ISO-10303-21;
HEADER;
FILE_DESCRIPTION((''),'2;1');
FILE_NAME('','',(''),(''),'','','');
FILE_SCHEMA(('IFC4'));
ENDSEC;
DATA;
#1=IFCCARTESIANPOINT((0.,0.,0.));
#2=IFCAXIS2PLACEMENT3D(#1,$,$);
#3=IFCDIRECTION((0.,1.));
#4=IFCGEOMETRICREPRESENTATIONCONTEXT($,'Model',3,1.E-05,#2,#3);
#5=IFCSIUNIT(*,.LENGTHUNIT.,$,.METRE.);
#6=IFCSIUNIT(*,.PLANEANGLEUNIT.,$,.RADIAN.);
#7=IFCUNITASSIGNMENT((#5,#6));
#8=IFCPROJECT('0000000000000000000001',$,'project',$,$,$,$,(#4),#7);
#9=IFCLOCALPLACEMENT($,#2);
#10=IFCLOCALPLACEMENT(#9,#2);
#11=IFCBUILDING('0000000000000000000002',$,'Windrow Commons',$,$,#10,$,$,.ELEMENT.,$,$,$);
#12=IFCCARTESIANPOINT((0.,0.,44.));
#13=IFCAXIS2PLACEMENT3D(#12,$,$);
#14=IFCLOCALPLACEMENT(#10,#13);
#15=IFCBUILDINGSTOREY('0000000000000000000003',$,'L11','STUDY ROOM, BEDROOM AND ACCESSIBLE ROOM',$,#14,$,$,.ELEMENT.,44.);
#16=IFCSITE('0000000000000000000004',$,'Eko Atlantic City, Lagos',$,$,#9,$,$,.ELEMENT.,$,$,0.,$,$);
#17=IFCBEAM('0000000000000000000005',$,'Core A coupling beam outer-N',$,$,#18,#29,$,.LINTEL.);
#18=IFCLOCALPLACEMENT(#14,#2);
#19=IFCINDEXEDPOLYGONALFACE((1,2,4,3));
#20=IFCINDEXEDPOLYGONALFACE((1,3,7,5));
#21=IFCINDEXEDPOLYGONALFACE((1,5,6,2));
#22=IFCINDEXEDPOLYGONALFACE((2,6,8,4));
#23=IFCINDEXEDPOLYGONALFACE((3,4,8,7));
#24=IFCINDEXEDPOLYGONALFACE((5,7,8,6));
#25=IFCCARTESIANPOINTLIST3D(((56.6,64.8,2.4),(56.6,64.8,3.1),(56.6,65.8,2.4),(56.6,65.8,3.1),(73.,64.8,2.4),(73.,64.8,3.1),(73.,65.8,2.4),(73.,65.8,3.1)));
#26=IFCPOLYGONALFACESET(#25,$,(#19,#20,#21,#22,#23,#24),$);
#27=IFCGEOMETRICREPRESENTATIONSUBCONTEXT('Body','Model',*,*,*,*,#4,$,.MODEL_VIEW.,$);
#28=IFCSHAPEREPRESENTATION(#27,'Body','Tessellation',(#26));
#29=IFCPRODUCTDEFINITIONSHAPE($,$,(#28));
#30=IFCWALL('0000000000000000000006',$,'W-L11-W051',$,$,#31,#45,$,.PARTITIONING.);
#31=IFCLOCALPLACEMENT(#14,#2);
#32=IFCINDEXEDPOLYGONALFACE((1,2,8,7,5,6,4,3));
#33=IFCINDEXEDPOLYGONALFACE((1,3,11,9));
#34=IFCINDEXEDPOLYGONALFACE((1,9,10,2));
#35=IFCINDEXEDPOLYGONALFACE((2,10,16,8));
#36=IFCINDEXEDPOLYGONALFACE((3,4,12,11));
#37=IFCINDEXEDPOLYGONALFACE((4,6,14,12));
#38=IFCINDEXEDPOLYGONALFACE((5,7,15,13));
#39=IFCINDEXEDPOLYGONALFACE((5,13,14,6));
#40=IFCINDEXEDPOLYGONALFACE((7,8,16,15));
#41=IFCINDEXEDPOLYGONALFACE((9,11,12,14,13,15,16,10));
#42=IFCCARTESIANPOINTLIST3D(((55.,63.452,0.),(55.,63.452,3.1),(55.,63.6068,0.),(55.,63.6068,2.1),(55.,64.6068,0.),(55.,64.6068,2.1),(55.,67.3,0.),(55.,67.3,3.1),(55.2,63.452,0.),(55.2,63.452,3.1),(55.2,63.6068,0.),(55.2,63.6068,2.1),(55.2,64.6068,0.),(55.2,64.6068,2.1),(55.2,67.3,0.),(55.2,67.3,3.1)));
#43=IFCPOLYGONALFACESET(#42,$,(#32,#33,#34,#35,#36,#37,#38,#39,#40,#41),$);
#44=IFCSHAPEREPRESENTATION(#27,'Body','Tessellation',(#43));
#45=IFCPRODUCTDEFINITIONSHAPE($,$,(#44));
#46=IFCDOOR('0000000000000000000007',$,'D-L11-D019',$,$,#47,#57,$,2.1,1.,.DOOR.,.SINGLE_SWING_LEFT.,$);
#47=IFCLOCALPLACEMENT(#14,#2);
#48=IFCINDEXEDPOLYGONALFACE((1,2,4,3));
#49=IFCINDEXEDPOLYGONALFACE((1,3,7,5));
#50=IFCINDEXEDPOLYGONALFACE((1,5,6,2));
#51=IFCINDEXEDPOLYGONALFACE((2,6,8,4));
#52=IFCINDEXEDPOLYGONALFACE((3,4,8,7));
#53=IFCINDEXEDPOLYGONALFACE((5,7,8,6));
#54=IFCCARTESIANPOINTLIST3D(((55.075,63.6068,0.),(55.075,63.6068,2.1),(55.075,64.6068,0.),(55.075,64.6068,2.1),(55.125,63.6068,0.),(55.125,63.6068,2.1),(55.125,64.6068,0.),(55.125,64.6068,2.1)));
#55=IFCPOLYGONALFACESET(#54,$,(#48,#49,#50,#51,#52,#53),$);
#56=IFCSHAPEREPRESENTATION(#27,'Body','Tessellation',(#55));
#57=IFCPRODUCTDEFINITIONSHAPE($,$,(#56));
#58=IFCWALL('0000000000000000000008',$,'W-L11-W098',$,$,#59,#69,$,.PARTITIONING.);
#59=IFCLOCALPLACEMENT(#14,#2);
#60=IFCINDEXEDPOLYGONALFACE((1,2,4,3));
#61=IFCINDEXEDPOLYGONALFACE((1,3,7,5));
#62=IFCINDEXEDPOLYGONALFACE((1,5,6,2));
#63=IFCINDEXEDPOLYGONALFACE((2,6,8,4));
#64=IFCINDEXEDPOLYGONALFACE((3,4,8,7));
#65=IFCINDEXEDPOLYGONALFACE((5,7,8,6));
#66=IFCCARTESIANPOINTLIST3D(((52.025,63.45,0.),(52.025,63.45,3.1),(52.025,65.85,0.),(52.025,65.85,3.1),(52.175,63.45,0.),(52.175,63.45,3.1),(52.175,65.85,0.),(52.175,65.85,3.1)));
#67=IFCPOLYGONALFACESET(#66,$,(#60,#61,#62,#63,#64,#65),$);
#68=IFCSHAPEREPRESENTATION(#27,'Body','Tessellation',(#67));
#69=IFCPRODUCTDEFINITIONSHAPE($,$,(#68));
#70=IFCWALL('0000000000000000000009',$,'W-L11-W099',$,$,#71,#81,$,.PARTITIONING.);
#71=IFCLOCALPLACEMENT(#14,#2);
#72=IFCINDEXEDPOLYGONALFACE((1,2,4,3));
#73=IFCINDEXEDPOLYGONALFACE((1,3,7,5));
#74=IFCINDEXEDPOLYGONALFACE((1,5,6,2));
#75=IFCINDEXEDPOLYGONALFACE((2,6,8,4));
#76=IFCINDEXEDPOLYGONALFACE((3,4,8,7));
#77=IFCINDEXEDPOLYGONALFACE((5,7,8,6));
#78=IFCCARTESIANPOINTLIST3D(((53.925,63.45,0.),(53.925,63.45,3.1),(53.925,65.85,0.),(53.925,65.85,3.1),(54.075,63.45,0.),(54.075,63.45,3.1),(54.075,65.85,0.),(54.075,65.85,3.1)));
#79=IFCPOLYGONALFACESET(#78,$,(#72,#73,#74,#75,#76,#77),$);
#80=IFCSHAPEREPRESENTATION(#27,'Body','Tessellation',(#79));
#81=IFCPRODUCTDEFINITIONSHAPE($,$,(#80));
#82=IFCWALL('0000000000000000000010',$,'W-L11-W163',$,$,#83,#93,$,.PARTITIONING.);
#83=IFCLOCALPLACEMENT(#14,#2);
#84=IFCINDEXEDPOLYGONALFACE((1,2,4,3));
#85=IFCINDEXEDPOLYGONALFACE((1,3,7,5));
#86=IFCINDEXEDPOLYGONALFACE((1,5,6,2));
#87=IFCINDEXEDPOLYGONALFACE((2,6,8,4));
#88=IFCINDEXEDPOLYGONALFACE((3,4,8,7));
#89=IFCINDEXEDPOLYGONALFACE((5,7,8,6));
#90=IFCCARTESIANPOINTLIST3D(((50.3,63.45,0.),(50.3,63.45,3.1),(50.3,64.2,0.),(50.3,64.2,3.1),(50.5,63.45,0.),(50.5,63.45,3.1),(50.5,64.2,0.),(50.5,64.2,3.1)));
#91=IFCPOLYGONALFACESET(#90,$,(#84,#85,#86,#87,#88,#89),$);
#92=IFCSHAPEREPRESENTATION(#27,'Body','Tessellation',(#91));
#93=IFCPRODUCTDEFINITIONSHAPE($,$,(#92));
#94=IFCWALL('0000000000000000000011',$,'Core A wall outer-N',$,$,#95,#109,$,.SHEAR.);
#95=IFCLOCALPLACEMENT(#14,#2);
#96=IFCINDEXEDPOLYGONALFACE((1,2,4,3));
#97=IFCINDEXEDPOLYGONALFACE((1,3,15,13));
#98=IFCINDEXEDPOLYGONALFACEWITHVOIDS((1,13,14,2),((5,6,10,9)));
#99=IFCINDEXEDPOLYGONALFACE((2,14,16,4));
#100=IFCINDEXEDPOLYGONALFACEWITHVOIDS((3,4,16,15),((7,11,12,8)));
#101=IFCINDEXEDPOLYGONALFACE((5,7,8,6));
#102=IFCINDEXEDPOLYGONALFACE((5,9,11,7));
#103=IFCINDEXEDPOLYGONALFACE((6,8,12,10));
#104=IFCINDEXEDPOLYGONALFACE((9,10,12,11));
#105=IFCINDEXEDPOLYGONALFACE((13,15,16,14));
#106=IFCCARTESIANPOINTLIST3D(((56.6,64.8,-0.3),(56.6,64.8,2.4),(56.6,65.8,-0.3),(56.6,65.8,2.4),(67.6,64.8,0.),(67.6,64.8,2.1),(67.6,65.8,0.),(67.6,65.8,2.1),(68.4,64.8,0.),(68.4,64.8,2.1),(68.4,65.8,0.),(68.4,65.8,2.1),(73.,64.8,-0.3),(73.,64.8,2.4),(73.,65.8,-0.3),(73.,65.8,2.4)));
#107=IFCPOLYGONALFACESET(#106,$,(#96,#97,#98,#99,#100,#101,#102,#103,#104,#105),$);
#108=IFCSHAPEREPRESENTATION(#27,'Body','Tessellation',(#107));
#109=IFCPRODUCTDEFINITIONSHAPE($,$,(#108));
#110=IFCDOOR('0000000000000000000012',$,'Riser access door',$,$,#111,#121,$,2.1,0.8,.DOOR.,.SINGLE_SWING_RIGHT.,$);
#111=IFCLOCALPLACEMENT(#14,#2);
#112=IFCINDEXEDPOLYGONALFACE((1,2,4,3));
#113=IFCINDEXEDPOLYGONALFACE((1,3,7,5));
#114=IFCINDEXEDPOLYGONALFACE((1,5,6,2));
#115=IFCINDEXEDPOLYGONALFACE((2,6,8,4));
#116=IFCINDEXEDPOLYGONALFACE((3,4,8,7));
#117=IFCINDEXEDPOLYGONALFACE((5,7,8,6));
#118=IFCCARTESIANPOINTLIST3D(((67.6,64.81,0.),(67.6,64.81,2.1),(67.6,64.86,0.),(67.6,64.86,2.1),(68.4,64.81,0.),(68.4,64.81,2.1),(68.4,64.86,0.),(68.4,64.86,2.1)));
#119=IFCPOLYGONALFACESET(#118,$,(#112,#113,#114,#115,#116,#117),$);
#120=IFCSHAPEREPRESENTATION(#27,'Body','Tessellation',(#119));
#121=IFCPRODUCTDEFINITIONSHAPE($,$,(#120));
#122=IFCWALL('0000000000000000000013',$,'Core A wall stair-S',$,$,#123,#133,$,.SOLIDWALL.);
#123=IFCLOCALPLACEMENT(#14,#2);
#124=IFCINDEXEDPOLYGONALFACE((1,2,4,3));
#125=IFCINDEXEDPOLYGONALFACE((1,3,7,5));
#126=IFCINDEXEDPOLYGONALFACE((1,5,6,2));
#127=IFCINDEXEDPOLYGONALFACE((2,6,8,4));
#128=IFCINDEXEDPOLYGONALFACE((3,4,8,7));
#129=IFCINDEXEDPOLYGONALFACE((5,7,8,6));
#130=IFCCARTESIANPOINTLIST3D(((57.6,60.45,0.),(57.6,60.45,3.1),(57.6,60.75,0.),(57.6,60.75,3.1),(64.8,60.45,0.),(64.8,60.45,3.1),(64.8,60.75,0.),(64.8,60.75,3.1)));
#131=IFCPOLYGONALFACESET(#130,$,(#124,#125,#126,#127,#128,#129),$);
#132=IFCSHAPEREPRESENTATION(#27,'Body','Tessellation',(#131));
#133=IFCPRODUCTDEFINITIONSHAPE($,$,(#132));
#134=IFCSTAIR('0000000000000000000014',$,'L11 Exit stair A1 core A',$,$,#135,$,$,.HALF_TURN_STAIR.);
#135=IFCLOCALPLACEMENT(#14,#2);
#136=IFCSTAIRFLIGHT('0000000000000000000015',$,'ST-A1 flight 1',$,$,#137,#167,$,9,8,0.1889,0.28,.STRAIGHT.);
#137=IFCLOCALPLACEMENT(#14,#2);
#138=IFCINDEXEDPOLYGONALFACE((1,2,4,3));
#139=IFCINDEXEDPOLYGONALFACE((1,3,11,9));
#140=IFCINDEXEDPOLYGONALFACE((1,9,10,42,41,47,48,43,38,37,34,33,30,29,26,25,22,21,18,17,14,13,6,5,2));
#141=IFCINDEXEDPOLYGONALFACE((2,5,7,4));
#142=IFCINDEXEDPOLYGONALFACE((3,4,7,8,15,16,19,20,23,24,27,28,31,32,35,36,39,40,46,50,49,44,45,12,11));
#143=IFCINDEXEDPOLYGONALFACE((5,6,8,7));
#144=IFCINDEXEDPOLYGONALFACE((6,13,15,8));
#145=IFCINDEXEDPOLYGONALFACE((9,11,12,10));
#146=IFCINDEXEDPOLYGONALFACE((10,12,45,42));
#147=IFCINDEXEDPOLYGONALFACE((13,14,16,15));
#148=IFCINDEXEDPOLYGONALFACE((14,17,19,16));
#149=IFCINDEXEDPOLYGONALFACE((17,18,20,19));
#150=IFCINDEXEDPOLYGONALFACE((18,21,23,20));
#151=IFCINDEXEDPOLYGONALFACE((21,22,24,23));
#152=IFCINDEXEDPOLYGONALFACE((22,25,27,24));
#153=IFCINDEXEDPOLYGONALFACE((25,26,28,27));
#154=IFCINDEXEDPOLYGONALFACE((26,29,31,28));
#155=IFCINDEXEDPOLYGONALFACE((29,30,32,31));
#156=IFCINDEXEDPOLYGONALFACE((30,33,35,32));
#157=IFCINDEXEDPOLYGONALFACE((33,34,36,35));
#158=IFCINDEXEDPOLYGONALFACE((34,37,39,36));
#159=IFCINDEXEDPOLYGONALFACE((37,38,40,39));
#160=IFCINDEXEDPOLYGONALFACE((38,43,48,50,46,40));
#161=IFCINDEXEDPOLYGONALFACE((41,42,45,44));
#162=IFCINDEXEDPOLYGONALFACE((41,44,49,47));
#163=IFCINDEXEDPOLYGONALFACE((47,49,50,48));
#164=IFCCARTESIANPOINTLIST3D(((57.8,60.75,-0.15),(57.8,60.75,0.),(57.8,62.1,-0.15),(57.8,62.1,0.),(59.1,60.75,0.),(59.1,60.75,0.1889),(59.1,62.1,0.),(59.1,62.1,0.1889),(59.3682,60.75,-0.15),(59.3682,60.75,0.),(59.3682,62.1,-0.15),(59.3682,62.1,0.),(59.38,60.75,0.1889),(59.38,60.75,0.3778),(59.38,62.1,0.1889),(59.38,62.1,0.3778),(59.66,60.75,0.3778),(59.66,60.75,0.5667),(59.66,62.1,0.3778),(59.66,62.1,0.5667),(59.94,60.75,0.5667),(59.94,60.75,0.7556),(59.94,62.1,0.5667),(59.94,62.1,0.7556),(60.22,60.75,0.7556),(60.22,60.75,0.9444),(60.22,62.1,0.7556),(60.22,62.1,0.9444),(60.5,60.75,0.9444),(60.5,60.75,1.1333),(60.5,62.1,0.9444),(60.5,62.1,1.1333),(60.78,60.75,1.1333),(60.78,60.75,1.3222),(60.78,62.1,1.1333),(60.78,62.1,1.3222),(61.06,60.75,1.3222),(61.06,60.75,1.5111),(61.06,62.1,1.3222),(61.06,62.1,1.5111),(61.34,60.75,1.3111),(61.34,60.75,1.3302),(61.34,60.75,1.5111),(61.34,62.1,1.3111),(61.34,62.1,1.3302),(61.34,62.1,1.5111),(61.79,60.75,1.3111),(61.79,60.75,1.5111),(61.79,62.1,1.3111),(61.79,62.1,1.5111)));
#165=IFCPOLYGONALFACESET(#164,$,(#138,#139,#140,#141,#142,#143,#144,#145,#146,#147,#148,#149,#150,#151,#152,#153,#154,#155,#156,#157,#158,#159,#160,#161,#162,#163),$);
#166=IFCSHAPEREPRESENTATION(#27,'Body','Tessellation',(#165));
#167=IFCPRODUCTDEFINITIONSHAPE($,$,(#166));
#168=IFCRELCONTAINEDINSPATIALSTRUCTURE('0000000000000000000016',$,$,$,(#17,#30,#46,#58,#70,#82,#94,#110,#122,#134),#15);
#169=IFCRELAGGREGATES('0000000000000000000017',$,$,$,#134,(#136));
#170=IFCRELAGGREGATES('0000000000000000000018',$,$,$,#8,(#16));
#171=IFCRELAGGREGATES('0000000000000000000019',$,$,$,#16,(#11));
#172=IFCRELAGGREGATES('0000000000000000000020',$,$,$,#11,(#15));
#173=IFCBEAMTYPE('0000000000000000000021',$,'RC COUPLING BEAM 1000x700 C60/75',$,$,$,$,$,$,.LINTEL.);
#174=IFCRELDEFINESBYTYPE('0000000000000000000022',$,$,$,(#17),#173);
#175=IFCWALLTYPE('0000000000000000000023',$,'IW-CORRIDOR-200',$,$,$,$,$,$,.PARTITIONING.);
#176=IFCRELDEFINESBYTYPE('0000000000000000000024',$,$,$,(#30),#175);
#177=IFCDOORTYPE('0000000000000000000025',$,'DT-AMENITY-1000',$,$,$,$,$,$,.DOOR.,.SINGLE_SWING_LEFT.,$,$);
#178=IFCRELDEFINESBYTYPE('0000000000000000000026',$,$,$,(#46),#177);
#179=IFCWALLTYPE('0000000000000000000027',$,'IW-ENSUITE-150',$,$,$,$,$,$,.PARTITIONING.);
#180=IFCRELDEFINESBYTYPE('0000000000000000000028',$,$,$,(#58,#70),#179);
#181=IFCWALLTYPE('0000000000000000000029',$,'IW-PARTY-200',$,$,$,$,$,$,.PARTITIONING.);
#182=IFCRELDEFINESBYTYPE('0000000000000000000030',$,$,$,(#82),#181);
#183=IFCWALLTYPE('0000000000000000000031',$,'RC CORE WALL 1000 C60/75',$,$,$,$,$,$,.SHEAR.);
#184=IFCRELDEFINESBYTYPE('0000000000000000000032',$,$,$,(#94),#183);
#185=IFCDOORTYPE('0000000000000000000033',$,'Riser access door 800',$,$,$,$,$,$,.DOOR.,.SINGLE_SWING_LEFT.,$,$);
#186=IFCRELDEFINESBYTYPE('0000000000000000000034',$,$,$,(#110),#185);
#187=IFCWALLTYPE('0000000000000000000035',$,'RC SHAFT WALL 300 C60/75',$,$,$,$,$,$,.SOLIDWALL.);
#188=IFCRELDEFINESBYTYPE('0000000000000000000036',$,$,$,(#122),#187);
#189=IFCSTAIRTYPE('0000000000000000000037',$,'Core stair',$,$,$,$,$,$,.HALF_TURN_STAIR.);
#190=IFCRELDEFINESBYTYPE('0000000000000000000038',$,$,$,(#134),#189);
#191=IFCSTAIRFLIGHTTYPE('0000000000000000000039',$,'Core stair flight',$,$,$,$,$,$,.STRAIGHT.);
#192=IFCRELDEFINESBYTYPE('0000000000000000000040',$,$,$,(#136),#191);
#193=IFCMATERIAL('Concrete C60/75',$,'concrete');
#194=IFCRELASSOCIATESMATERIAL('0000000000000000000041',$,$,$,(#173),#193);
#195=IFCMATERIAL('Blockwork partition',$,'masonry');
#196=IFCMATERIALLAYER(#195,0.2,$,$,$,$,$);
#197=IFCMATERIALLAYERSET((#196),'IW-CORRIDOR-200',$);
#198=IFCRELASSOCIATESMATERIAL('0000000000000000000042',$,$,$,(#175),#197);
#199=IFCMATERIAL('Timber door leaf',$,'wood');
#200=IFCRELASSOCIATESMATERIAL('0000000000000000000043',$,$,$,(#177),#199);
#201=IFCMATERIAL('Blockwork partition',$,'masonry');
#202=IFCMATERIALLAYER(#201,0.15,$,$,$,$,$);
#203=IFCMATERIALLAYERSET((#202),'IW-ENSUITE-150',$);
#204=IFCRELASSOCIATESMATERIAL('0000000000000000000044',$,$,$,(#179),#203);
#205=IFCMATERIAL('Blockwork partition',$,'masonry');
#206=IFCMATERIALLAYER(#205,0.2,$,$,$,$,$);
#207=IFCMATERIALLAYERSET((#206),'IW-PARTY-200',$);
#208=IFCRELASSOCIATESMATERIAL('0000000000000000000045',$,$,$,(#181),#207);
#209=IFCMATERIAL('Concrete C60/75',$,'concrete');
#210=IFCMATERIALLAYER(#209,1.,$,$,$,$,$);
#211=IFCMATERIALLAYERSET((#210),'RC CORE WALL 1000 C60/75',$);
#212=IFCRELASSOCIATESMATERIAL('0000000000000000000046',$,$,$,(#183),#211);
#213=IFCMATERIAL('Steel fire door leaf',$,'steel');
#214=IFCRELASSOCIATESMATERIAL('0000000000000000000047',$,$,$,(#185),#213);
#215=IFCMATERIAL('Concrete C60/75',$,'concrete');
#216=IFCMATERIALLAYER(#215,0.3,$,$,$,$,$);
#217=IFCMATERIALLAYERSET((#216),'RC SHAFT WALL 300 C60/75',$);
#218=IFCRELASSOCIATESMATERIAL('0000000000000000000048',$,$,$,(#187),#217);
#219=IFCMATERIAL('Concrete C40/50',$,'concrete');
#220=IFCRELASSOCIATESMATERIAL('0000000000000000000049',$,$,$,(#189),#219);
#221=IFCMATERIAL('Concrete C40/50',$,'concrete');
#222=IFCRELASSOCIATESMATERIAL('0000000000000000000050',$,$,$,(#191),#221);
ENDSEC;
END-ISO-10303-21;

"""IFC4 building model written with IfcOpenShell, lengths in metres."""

from ifc_helpers import new_model, si_unit, direction, frame, frame_2d, origin, origin_2d, place, context, subcontext, project, spatial, polyline, rectangle, outline, extrude, material, layer, layer_set, material_profile, profile_set, type_object, element, fill, aggregate, save


model = new_model("IFC4")

# Units and contexts
model_context = context("Model", 3, precision=1e-05, world=origin(), true_north=direction((0.0, 1.0)))
body_context = subcontext(model_context, "Body", "Model", "MODEL_VIEW")
ifc_project = project(units=[si_unit("LENGTHUNIT", "METRE"), si_unit("PLANEANGLEUNIT", "RADIAN")], contexts=[model_context])

# Site, building, storey
site_placement = place(None, origin())
site = spatial("IfcSite", under=ifc_project, at=site_placement, Name="Eko Atlantic City, Lagos", CompositionType="ELEMENT", RefElevation=0.0)
building_placement = place(site_placement, origin())
building = spatial("IfcBuilding", under=site, at=building_placement, Name="Windrow Commons", CompositionType="ELEMENT")
storey_placement = place(building_placement, frame((0.0, 0.0, 44.0)))
storey = spatial("IfcBuildingStorey", under=building, at=storey_placement, Name="L11", Description="STUDY ROOM, BEDROOM AND ACCESSIBLE ROOM", CompositionType="ELEMENT", Elevation=44.0)

# Beam
ifc_material_1 = material(Name="Concrete C60/75", Category="concrete")
ifc_material_profile = material_profile(ifc_material_1, rectangle(XDim=1.0, YDim=0.7, at=origin_2d()))
ifc_profile_set = profile_set([ifc_material_profile], Name="Concrete C60/75")
beam_type = type_object("IfcBeamType", Name="RC COUPLING BEAM 1000x700 C60/75", PredefinedType="LINTEL", material=ifc_profile_set)
beam_placement = place(storey_placement, frame((56.6, 65.3, 2.75), z_axis=(1.0, 0.0, 0.0), x_axis=(0.0, 1.0, 0.0)))
element("IfcBeam", 1, at=beam_placement, inside=storey, type_object=beam_type, Name="Core A coupling beam outer-N", PredefinedType="LINTEL", context=body_context, shape_type="SweptSolid", body=[
    extrude(rectangle(XDim=1.0, YDim=0.7, at=origin_2d()), origin(), (0.0, 0.0, 1.0), 16.4),
])

# Wall, opening, door
ifc_material_2 = material(Name="Blockwork partition", Category="masonry")
ifc_layer_1 = layer(ifc_material_2, 0.2)
ifc_layer_set_1 = layer_set([ifc_layer_1], Name="IW-CORRIDOR-200")
wall_type_1 = type_object("IfcWallType", Name="IW-CORRIDOR-200", PredefinedType="PARTITIONING", material=ifc_layer_set_1)
wall_1_placement = place(storey_placement, frame((55.1, 63.452, 0.0), z_axis=(0.0, 0.0, 1.0), x_axis=(0.0, 1.0, 0.0)))
wall_1 = element("IfcWall", 2, at=wall_1_placement, inside=storey, type_object=wall_type_1, Name="W-L11-W051", PredefinedType="PARTITIONING", context=body_context, shape_type="SweptSolid", body=[
    extrude(rectangle(XDim=3.848, YDim=0.2, at=frame_2d((1.924, 0.0))), origin(), (0.0, 0.0, 1.0), 3.1),
])
opening_1_placement = place(wall_1_placement, frame((0.1548, 0.0, 0.0)))
opening_1 = element("IfcOpeningElement", 3, at=opening_1_placement, cuts=wall_1, PredefinedType="OPENING", context=body_context, shape_type="SweptSolid", body=[
    extrude(rectangle(XDim=1.0, YDim=2.1, at=frame_2d((0.5, 1.05))), frame((0.0, 0.11, 0.0), z_axis=(0.0, -1.0, 0.0), x_axis=(1.0, 0.0, 0.0)), (0.0, 0.0, 1.0), 0.22),
])
ifc_material_3 = material(Name="Timber door leaf", Category="wood")
door_type_1 = type_object("IfcDoorType", Name="DT-AMENITY-1000", OperationType="SINGLE_SWING_LEFT", PredefinedType="DOOR", material=ifc_material_3)
door_1_placement = place(opening_1_placement, origin())
door_1 = element("IfcDoor", 4, at=door_1_placement, inside=storey, type_object=door_type_1, Name="D-L11-D019", OperationType="SINGLE_SWING_LEFT", OverallHeight=2.1, OverallWidth=1.0, PredefinedType="DOOR", context=body_context, shape_type="SweptSolid", body=[
    extrude(rectangle(XDim=1.0, YDim=2.1, at=frame_2d((0.5, 1.05))), frame((0.0, 0.025, 0.0), z_axis=(0.0, -1.0, 0.0), x_axis=(1.0, 0.0, 0.0)), (0.0, 0.0, 1.0), 0.05),
])
fill(opening_1, door_1)

# Walls
ifc_material_4 = material(Name="Blockwork partition", Category="masonry")
ifc_layer_2 = layer(ifc_material_4, 0.15)
ifc_layer_set_2 = layer_set([ifc_layer_2], Name="IW-ENSUITE-150")
wall_type_2 = type_object("IfcWallType", Name="IW-ENSUITE-150", PredefinedType="PARTITIONING", material=ifc_layer_set_2)
for number, where, z_axis, x_axis, name in (
    (5, (52.1, 63.45, 0.0), (0.0, 0.0, 1.0), (0.0, 1.0, 0.0), "W-L11-W098"),
    (6, (54.0, 63.45, 0.0), (0.0, 0.0, 1.0), (0.0, 1.0, 0.0), "W-L11-W099"),
):
    element("IfcWall", number, at=place(storey_placement, frame(where, z_axis=z_axis, x_axis=x_axis)), inside=storey, type_object=wall_type_2, Name=name, PredefinedType="PARTITIONING", context=body_context, shape_type="SweptSolid", body=[
        extrude(rectangle(XDim=2.4, YDim=0.15, at=frame_2d((1.2, 0.0))), origin(), (0.0, 0.0, 1.0), 3.1),
    ])
ifc_material_5 = material(Name="Blockwork partition", Category="masonry")
ifc_layer_3 = layer(ifc_material_5, 0.2)
ifc_layer_set_3 = layer_set([ifc_layer_3], Name="IW-PARTY-200")
wall_type_3 = type_object("IfcWallType", Name="IW-PARTY-200", PredefinedType="PARTITIONING", material=ifc_layer_set_3)
wall_2_placement = place(storey_placement, frame((50.4, 63.45, 0.0), z_axis=(0.0, 0.0, 1.0), x_axis=(0.0, 1.0, 0.0)))
element("IfcWall", 7, at=wall_2_placement, inside=storey, type_object=wall_type_3, Name="W-L11-W163", PredefinedType="PARTITIONING", context=body_context, shape_type="SweptSolid", body=[
    extrude(rectangle(XDim=0.75, YDim=0.2, at=frame_2d((0.375, 0.0))), origin(), (0.0, 0.0, 1.0), 3.1),
])

# Wall, opening, door
ifc_material_6 = material(Name="Concrete C60/75", Category="concrete")
ifc_layer_4 = layer(ifc_material_6, 1.0)
ifc_layer_set_4 = layer_set([ifc_layer_4], Name="RC CORE WALL 1000 C60/75")
wall_type_4 = type_object("IfcWallType", Name="RC CORE WALL 1000 C60/75", PredefinedType="SHEAR", material=ifc_layer_set_4)
wall_3_placement = place(storey_placement, frame((56.6, 65.3, -0.3), z_axis=(0.0, 0.0, 1.0), x_axis=(1.0, 0.0, 0.0)))
wall_3 = element("IfcWall", 8, at=wall_3_placement, inside=storey, type_object=wall_type_4, Name="Core A wall outer-N", PredefinedType="SHEAR", context=body_context, shape_type="SweptSolid", body=[
    extrude(rectangle(XDim=16.4, YDim=1.0, at=frame_2d((8.2, 0.0))), origin(), (0.0, 0.0, 1.0), 2.7),
])
opening_2_placement = place(wall_3_placement, frame((11.0, 0.0, 0.3)))
opening_2 = element("IfcOpeningElement", 9, at=opening_2_placement, cuts=wall_3, PredefinedType="OPENING", context=body_context, shape_type="SweptSolid", body=[
    extrude(rectangle(XDim=0.8, YDim=2.1, at=frame_2d((0.4, 1.05))), frame((0.0, 0.51, 0.0), z_axis=(0.0, -1.0, 0.0), x_axis=(1.0, 0.0, 0.0)), (0.0, 0.0, 1.0), 1.02),
])
ifc_material_7 = material(Name="Steel fire door leaf", Category="steel")
door_type_2 = type_object("IfcDoorType", Name="Riser access door 800", OperationType="SINGLE_SWING_LEFT", PredefinedType="DOOR", material=ifc_material_7)
door_2_placement = place(opening_2_placement, origin())
door_2 = element("IfcDoor", 10, at=door_2_placement, inside=storey, type_object=door_type_2, Name="Riser access door", OperationType="SINGLE_SWING_RIGHT", OverallHeight=2.1, OverallWidth=0.8, PredefinedType="DOOR", context=body_context, shape_type="SweptSolid", body=[
    extrude(rectangle(XDim=0.8, YDim=2.1, at=frame_2d((0.4, 1.05))), frame((0.0, -0.44, 0.0), z_axis=(0.0, -1.0, 0.0), x_axis=(1.0, 0.0, 0.0)), (0.0, 0.0, 1.0), 0.05),
])
fill(opening_2, door_2)

# Wall
ifc_material_8 = material(Name="Concrete C60/75", Category="concrete")
ifc_layer_5 = layer(ifc_material_8, 0.3)
ifc_layer_set_5 = layer_set([ifc_layer_5], Name="RC SHAFT WALL 300 C60/75")
wall_type_5 = type_object("IfcWallType", Name="RC SHAFT WALL 300 C60/75", PredefinedType="SOLIDWALL", material=ifc_layer_set_5)
wall_4_placement = place(storey_placement, frame((57.6, 60.6, 0.0), z_axis=(0.0, 0.0, 1.0), x_axis=(1.0, 0.0, 0.0)))
element("IfcWall", 11, at=wall_4_placement, inside=storey, type_object=wall_type_5, Name="Core A wall stair-S", PredefinedType="SOLIDWALL", context=body_context, shape_type="SweptSolid", body=[
    extrude(rectangle(XDim=7.2, YDim=0.3, at=frame_2d((3.6, 0.0))), origin(), (0.0, 0.0, 1.0), 3.1),
])

# Stair, stair flight
ifc_material_9 = material(Name="Concrete C40/50", Category="concrete")
stair_type = type_object("IfcStairType", Name="Core stair", PredefinedType="HALF_TURN_STAIR", material=ifc_material_9)
stair_placement = place(storey_placement, origin())
stair = element("IfcStair", 12, at=stair_placement, inside=storey, type_object=stair_type, Name="L11 Exit stair A1 core A", PredefinedType="HALF_TURN_STAIR")
ifc_material_10 = material(Name="Concrete C40/50", Category="concrete")
stair_flight_type = type_object("IfcStairFlightType", Name="Core stair flight", PredefinedType="STRAIGHT", material=ifc_material_10)
stair_flight_placement = place(storey_placement, frame((59.1, 61.425, 0.0), z_axis=(0.0, 0.0, 1.0), x_axis=(1.0, 0.0, 0.0)))
stair_flight = element("IfcStairFlight", 13, at=stair_flight_placement, type_object=stair_flight_type, Name="ST-A1 flight 1", NumberOfRisers=9, NumberOfTreads=8, PredefinedType="STRAIGHT", RiserHeight=0.1889, TreadLength=0.28, context=body_context, shape_type="SweptSolid", body=[
    extrude(outline(polyline([(-1.3, -0.15), (-1.3, 0.0), (0.0, 0.0), (0.0, 0.1889), (0.28, 0.1889), (0.28, 0.3778), (0.56, 0.3778), (0.56, 0.5667), (0.84, 0.5667), (0.84, 0.7556), (1.12, 0.7556), (1.12, 0.9444), (1.4, 0.9444), (1.4, 1.1333), (1.68, 1.1333), (1.68, 1.3222), (1.96, 1.3222), (1.96, 1.5111), (2.24, 1.5111), (2.69, 1.5111), (2.69, 1.3111), (2.24, 1.3111), (2.24, 1.3302), (0.2682, 0.0), (0.2682, -0.15), (-1.3, -0.15)])), frame((0.0, 0.675, 0.0), z_axis=(0.0, -1.0, 0.0), x_axis=(1.0, 0.0, 0.0)), (0.0, 0.0, 1.0), 1.35),
])
aggregate(stair, [stair_flight])

save(model, "model.ifc")
